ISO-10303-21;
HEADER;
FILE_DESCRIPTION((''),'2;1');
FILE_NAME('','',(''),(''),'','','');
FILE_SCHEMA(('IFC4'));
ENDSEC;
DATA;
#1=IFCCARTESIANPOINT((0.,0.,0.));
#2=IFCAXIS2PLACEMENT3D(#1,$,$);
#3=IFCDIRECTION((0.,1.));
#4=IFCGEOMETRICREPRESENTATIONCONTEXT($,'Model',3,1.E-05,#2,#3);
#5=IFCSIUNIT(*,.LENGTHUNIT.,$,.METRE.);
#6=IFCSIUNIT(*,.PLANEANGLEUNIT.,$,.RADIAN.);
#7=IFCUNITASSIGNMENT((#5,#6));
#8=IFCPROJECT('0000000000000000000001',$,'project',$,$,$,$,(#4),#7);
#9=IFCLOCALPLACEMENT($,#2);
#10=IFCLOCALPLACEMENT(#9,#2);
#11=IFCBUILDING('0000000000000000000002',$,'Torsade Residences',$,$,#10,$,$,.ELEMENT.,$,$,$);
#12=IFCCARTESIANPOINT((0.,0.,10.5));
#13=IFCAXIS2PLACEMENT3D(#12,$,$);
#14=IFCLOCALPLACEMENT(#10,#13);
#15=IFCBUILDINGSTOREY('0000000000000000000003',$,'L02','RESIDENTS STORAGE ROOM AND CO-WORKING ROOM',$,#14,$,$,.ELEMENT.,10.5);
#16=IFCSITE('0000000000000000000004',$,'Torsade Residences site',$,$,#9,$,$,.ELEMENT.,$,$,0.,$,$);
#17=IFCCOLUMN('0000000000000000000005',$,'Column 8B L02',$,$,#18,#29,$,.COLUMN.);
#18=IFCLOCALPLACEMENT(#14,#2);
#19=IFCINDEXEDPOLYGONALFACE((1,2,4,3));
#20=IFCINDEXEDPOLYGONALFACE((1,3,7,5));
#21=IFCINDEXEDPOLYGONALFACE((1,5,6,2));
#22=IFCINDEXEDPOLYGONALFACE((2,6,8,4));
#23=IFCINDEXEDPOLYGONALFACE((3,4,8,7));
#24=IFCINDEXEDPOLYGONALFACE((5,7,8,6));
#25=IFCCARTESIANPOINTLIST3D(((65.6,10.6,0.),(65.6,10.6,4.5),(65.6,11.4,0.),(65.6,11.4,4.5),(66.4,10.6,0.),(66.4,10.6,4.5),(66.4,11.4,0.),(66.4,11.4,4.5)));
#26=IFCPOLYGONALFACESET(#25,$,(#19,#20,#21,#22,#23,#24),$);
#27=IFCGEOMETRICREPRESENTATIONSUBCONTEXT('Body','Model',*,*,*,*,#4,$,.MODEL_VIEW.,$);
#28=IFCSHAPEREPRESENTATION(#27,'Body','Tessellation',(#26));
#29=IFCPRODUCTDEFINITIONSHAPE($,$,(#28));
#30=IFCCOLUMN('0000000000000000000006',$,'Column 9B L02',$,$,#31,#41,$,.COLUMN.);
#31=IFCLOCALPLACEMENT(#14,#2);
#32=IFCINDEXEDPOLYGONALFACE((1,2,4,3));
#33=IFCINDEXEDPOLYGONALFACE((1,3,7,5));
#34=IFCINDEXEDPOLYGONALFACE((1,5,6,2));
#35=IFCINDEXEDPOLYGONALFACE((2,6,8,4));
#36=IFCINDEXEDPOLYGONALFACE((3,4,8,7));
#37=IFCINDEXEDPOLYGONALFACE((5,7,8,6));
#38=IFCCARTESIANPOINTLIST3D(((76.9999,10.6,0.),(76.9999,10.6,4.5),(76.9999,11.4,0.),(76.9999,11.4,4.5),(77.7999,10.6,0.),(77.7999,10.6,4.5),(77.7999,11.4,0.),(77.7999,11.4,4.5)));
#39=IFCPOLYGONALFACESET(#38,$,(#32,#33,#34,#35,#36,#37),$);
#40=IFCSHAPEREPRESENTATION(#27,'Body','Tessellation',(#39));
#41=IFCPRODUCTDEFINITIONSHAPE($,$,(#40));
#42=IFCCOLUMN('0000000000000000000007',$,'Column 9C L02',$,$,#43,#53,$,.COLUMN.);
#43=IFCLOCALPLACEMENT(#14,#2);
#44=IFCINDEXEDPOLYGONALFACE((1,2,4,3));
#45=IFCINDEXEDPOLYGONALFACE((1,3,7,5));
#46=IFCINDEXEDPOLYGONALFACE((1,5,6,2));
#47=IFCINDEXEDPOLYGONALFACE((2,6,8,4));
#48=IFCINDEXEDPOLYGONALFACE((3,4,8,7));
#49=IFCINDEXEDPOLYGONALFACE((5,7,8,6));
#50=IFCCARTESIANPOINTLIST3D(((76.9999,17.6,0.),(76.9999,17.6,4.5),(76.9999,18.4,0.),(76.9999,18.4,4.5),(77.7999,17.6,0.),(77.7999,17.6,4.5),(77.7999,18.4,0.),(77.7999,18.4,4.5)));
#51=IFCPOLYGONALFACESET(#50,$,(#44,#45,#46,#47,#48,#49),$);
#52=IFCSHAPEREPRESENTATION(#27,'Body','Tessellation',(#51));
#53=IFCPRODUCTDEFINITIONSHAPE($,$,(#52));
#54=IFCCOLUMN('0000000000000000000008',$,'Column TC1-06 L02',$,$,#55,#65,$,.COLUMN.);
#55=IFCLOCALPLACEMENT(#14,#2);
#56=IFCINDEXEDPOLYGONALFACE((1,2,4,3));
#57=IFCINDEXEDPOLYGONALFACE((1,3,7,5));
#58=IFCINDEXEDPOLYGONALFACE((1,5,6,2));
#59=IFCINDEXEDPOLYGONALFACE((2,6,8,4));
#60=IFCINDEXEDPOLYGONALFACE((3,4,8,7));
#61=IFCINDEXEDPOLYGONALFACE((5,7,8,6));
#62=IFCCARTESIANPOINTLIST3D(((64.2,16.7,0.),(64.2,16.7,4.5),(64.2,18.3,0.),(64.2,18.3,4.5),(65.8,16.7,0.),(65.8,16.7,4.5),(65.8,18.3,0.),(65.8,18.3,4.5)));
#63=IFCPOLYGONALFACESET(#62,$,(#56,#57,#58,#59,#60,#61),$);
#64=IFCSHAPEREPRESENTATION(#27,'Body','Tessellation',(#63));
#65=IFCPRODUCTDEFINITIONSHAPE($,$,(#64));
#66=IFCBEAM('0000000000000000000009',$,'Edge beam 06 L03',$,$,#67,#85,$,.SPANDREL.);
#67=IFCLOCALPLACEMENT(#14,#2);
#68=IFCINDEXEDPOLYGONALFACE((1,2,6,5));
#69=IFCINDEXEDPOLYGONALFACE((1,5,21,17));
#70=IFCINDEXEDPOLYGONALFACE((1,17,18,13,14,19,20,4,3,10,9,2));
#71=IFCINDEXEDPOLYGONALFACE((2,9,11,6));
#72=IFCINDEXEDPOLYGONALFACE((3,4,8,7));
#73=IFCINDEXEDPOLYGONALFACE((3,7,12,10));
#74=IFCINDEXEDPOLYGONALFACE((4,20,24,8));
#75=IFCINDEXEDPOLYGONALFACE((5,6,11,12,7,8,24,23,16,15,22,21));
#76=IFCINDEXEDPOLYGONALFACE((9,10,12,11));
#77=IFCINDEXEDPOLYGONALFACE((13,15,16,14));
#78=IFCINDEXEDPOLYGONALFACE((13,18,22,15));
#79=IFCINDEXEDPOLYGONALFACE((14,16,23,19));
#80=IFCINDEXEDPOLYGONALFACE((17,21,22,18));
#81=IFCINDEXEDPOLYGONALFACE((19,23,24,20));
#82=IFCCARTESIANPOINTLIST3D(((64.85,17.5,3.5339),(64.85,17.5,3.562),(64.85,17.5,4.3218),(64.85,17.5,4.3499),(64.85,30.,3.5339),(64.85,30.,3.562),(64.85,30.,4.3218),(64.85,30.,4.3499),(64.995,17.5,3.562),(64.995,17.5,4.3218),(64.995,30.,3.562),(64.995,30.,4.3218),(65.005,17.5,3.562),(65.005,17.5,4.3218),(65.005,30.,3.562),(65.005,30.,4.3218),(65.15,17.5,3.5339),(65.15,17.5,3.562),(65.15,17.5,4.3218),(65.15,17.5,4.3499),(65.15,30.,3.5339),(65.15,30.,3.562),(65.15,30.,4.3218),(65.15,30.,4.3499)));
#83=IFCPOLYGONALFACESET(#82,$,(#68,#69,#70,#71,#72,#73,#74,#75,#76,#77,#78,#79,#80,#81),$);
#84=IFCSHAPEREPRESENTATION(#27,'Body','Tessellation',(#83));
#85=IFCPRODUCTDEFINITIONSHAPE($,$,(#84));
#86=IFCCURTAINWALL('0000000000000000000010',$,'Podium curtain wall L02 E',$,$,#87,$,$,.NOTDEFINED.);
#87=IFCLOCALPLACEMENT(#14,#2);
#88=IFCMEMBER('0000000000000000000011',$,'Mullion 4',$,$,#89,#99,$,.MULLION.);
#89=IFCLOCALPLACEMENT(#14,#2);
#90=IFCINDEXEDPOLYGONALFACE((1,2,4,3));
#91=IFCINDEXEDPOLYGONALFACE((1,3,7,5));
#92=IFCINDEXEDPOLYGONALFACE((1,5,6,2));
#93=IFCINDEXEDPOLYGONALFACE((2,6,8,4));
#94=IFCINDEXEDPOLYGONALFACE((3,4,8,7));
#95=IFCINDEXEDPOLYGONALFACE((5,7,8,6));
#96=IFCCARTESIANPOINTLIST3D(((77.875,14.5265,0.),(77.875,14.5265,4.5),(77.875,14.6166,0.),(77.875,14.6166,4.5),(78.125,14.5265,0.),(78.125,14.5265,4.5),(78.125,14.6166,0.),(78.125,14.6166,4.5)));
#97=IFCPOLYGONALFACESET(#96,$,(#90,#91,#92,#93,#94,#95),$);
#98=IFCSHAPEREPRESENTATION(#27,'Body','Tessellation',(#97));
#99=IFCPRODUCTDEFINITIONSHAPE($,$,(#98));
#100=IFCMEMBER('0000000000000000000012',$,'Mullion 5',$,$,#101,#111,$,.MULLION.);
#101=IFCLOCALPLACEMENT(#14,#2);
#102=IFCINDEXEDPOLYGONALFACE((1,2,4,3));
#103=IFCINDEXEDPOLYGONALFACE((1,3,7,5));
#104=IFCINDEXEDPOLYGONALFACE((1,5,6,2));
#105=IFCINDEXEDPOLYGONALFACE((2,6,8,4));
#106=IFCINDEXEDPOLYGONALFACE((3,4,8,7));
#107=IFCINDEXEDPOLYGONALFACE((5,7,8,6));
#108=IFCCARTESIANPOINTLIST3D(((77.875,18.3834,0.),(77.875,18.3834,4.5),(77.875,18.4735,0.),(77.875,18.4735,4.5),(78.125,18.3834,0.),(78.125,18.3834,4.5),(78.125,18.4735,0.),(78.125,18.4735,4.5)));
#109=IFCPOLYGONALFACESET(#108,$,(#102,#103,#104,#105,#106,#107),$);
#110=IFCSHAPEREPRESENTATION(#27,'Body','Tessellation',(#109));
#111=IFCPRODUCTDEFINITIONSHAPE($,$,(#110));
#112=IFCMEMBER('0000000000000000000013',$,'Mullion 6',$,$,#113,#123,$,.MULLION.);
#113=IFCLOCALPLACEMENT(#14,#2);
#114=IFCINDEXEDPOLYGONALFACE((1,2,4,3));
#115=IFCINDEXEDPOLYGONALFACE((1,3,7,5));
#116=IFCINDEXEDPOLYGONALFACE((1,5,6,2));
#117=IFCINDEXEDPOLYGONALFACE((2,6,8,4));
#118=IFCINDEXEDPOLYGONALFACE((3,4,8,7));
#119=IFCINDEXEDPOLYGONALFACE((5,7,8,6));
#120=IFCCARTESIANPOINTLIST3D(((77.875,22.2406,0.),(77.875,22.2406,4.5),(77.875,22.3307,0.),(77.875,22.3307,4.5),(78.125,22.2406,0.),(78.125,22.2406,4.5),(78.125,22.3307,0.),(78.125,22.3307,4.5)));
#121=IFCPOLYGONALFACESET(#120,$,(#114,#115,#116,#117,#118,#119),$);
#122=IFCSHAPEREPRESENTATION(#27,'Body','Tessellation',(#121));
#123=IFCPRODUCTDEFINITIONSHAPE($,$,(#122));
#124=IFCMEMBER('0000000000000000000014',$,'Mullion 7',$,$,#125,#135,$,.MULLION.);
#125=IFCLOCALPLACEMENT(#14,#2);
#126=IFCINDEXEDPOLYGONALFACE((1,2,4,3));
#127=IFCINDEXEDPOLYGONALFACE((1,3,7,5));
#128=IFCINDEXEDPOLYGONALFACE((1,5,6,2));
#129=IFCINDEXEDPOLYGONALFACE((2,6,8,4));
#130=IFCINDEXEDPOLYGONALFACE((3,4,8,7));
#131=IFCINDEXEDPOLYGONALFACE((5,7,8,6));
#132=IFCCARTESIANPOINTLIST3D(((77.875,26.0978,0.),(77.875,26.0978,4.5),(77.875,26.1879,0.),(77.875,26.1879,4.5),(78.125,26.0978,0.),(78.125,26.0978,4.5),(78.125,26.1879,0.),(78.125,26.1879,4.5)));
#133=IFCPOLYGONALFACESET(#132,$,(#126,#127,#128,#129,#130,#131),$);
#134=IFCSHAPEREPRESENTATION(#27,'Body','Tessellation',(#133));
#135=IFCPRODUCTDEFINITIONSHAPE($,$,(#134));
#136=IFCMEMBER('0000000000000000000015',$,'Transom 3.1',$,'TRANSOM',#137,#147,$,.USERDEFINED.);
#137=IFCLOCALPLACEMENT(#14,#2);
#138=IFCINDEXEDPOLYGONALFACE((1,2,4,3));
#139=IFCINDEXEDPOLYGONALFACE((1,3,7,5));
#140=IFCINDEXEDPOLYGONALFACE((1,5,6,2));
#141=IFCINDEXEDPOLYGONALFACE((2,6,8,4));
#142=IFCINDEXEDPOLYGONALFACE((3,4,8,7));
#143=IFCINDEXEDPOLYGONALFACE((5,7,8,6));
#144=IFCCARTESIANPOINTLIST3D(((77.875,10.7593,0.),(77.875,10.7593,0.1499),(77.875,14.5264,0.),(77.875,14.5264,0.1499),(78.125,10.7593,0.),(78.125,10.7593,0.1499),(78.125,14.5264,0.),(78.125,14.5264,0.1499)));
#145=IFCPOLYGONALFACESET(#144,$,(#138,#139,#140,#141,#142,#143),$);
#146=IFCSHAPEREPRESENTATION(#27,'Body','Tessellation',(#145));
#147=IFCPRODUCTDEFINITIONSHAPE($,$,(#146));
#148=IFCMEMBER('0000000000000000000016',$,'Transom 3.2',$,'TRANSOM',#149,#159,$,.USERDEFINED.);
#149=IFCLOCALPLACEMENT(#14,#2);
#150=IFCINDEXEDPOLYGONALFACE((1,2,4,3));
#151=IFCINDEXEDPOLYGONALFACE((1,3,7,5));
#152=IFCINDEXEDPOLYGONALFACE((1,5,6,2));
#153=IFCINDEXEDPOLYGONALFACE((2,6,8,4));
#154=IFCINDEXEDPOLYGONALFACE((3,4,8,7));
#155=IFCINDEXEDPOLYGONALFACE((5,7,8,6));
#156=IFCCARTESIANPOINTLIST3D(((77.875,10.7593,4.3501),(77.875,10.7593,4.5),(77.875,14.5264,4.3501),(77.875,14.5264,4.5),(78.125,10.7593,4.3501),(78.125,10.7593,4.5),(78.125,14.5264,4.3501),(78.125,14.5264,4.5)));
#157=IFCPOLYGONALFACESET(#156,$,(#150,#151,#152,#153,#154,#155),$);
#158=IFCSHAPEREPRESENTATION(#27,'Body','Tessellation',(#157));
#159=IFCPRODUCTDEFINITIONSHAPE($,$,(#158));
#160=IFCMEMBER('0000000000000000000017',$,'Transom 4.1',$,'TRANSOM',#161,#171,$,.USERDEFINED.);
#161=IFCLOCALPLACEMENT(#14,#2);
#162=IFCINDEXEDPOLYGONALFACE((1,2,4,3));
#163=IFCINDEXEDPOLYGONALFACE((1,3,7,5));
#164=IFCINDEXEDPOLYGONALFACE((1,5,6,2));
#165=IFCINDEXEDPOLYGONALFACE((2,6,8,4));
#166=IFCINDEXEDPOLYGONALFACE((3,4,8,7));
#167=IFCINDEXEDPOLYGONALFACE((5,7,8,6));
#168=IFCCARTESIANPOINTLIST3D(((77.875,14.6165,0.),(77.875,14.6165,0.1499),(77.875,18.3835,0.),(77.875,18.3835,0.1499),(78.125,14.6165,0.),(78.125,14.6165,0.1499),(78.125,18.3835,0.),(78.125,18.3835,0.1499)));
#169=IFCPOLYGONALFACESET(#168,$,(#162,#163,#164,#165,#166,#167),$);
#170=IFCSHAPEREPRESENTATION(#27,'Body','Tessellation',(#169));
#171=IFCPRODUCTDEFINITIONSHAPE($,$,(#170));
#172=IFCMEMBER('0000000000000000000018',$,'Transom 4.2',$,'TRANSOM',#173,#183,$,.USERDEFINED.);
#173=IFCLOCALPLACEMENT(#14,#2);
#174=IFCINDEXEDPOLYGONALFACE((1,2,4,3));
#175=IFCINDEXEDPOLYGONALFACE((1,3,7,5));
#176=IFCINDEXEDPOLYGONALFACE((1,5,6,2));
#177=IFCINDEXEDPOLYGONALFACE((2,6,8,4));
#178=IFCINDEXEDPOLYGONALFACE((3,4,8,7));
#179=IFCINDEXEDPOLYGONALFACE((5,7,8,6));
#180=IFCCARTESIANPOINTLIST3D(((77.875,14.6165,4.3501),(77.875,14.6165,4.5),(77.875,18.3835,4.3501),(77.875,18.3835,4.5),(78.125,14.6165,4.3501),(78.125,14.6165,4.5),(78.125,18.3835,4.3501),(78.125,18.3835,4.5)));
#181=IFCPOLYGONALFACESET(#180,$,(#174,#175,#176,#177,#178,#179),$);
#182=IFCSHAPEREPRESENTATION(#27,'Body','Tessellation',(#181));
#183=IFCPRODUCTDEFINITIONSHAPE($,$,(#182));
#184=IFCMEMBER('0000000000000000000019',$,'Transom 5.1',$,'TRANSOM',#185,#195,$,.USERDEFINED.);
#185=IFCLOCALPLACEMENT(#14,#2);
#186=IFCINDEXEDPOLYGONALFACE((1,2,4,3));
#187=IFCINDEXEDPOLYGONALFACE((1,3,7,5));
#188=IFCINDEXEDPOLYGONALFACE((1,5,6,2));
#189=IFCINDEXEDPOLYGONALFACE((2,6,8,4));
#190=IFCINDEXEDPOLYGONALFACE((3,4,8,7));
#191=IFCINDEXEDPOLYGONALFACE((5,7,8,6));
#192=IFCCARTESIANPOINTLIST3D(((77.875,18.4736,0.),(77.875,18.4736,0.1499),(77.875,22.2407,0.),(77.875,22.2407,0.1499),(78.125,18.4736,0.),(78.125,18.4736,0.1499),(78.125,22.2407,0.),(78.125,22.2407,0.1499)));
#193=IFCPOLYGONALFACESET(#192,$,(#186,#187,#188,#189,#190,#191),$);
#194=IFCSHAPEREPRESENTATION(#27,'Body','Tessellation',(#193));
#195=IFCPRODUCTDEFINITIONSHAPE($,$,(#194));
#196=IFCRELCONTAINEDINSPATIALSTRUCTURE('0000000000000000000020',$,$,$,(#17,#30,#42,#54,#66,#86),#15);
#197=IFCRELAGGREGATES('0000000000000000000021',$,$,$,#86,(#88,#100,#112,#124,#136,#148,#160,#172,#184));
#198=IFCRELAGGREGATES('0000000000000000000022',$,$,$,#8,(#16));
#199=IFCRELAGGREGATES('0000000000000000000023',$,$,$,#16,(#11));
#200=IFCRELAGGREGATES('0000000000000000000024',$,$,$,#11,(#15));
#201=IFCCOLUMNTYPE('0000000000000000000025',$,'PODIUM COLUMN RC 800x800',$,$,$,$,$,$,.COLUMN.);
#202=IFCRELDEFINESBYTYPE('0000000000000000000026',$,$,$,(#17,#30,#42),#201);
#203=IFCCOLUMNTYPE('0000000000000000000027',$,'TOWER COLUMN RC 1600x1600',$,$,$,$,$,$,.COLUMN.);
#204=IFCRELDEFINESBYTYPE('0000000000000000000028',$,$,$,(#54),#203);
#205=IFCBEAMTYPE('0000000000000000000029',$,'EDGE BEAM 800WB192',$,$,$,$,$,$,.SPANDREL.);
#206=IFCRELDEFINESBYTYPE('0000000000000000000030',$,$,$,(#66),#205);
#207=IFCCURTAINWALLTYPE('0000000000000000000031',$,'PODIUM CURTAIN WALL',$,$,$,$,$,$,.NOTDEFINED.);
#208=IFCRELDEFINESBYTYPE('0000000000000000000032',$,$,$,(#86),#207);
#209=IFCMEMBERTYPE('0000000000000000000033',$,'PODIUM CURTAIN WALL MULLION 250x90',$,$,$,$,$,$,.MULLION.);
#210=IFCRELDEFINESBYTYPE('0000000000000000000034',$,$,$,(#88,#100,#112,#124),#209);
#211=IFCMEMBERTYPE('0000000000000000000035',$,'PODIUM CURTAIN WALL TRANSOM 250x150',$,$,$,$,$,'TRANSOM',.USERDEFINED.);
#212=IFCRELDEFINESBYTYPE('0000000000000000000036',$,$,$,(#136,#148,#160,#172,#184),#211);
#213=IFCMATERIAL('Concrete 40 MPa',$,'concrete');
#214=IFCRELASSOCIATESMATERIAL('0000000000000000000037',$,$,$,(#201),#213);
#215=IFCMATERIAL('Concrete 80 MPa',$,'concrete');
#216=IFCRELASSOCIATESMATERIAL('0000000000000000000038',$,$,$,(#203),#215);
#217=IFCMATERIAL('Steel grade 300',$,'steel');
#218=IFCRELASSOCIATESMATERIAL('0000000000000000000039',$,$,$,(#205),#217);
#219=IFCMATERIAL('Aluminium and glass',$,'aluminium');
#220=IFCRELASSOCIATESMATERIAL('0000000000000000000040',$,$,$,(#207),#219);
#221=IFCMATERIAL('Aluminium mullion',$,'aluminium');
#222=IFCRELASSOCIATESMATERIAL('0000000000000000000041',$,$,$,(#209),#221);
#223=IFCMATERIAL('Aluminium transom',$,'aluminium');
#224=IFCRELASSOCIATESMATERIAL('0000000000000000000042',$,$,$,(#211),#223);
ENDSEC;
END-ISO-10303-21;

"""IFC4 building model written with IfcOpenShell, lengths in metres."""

from ifc_helpers import new_model, si_unit, direction, frame, origin, origin_2d, place, context, subcontext, project, spatial, rectangle, i_section, extrude, material, material_profile, profile_set, type_object, element, aggregate, save


model = new_model("IFC4")

# Units and contexts
model_context = context("Model", 3, precision=1e-05, world=origin(), true_north=direction((0.0, 1.0)))
body_context = subcontext(model_context, "Body", "Model", "MODEL_VIEW")
ifc_project = project(units=[si_unit("LENGTHUNIT", "METRE"), si_unit("PLANEANGLEUNIT", "RADIAN")], contexts=[model_context])

# Site, building, storey
site_placement = place(None, origin())
site = spatial("IfcSite", under=ifc_project, at=site_placement, Name="Torsade Residences site", CompositionType="ELEMENT", RefElevation=0.0)
building_placement = place(site_placement, origin())
building = spatial("IfcBuilding", under=site, at=building_placement, Name="Torsade Residences", CompositionType="ELEMENT")
storey_placement = place(building_placement, frame((0.0, 0.0, 10.5)))
storey = spatial("IfcBuildingStorey", under=building, at=storey_placement, Name="L02", Description="RESIDENTS STORAGE ROOM AND CO-WORKING ROOM", CompositionType="ELEMENT", Elevation=10.5)

# Columns
ifc_material_1 = material(Name="Concrete 40 MPa", Category="concrete")
ifc_material_profile_1 = material_profile(ifc_material_1, rectangle(XDim=0.8, YDim=0.8, at=origin_2d()), Name="RC 800x800")
ifc_profile_set_1 = profile_set([ifc_material_profile_1], Name="Concrete 40 MPa")
column_type_1 = type_object("IfcColumnType", Name="PODIUM COLUMN RC 800x800", PredefinedType="COLUMN", material=ifc_profile_set_1)
for number, where, z_axis, x_axis, name in (
    (1, (66.0, 11.0, 0.0), (0.0, 0.0, 1.0), (1.0, 0.0, 0.0), "Column 8B L02"),
    (2, (77.3999, 11.0, 0.0), (0.0, 0.0, 1.0), (1.0, 0.0, 0.0), "Column 9B L02"),
    (3, (77.3999, 18.0, 0.0), (0.0, 0.0, 1.0), (1.0, 0.0, 0.0), "Column 9C L02"),
):
    element("IfcColumn", number, at=place(storey_placement, frame(where, z_axis=z_axis, x_axis=x_axis)), inside=storey, type_object=column_type_1, Name=name, PredefinedType="COLUMN", context=body_context, shape_type="SweptSolid", body=[
        extrude(rectangle(XDim=0.8, YDim=0.8, at=origin_2d()), origin(), (0.0, 0.0, 1.0), 4.5),
    ])
ifc_material_2 = material(Name="Concrete 80 MPa", Category="concrete")
ifc_material_profile_2 = material_profile(ifc_material_2, rectangle(XDim=1.6001, YDim=1.6001, at=origin_2d()), Name="RC 1600x1600")
ifc_profile_set_2 = profile_set([ifc_material_profile_2], Name="Concrete 80 MPa")
column_type_2 = type_object("IfcColumnType", Name="TOWER COLUMN RC 1600x1600", PredefinedType="COLUMN", material=ifc_profile_set_2)
column_placement = place(storey_placement, frame((65.0, 17.5, 0.0), z_axis=(0.0, 0.0, 1.0), x_axis=(1.0, 0.0, 0.0)))
element("IfcColumn", 4, at=column_placement, inside=storey, type_object=column_type_2, Name="Column TC1-06 L02", PredefinedType="COLUMN", context=body_context, shape_type="SweptSolid", body=[
    extrude(rectangle(XDim=1.6001, YDim=1.6001, at=origin_2d()), origin(), (0.0, 0.0, 1.0), 4.5),
])

# Beam
ifc_material_3 = material(Name="Steel grade 300", Category="steel")
ifc_material_profile_3 = material_profile(ifc_material_3, i_section(OverallWidth=0.3, OverallDepth=0.8159, WebThickness=0.01, FlangeThickness=0.0281, at=origin_2d()), Name="800WB192")
ifc_profile_set_3 = profile_set([ifc_material_profile_3], Name="Steel grade 300")
beam_type_1 = type_object("IfcBeamType", Name="EDGE BEAM 800WB192", PredefinedType="SPANDREL", material=ifc_profile_set_3)
beam_1_placement = place(storey_placement, frame((65.0, 17.5, 3.9419), z_axis=(0.0, 1.0, 0.0), x_axis=(-1.0, 0.0, 0.0)))
element("IfcBeam", 5, at=beam_1_placement, inside=storey, type_object=beam_type_1, Name="Edge beam 06 L03", PredefinedType="SPANDREL", context=body_context, shape_type="SweptSolid", body=[
    extrude(i_section(OverallWidth=0.3, OverallDepth=0.8159, WebThickness=0.01, FlangeThickness=0.0281, at=origin_2d()), origin(), (0.0, 0.0, 1.0), 12.5),
])

# Curtain wall, members
ifc_material_4 = material(Name="Aluminium and glass", Category="aluminium")
curtain_wall_type = type_object("IfcCurtainWallType", Name="PODIUM CURTAIN WALL", PredefinedType="NOTDEFINED", material=ifc_material_4)
curtain_wall_placement = place(storey_placement, origin())
curtain_wall = element("IfcCurtainWall", 6, at=curtain_wall_placement, inside=storey, type_object=curtain_wall_type, Name="Podium curtain wall L02 E", PredefinedType="NOTDEFINED")
ifc_material_5 = material(Name="Aluminium mullion", Category="aluminium")
ifc_material_profile_4 = material_profile(ifc_material_5, rectangle(XDim=0.25, YDim=0.0901, at=origin_2d()), Name="PODIUM CURTAIN WALL MULLION 250x90")
ifc_profile_set_4 = profile_set([ifc_material_profile_4], Name="Aluminium mullion")
member_type_1 = type_object("IfcMemberType", Name="PODIUM CURTAIN WALL MULLION 250x90", PredefinedType="MULLION", material=ifc_profile_set_4)
member_1_placement = place(storey_placement, frame((78.0, 14.5715, 0.0), z_axis=(0.0, 0.0, 1.0), x_axis=(-1.0, 0.0, 0.0)))
member_1 = element("IfcMember", 7, at=member_1_placement, type_object=member_type_1, Name="Mullion 4", PredefinedType="MULLION", context=body_context, shape_type="SweptSolid", body=[
    extrude(rectangle(XDim=0.25, YDim=0.0901, at=origin_2d()), origin(), (0.0, 0.0, 1.0), 4.5),
])
member_2_placement = place(storey_placement, frame((78.0, 18.4285, 0.0), z_axis=(0.0, 0.0, 1.0), x_axis=(-1.0, 0.0, 0.0)))
member_2 = element("IfcMember", 8, at=member_2_placement, type_object=member_type_1, Name="Mullion 5", PredefinedType="MULLION", context=body_context, shape_type="SweptSolid", body=[
    extrude(rectangle(XDim=0.25, YDim=0.0901, at=origin_2d()), origin(), (0.0, 0.0, 1.0), 4.5),
])
member_3_placement = place(storey_placement, frame((78.0, 22.2856, 0.0), z_axis=(0.0, 0.0, 1.0), x_axis=(-1.0, 0.0, 0.0)))
member_3 = element("IfcMember", 9, at=member_3_placement, type_object=member_type_1, Name="Mullion 6", PredefinedType="MULLION", context=body_context, shape_type="SweptSolid", body=[
    extrude(rectangle(XDim=0.25, YDim=0.0901, at=origin_2d()), origin(), (0.0, 0.0, 1.0), 4.5),
])
member_4_placement = place(storey_placement, frame((78.0, 26.1428, 0.0), z_axis=(0.0, 0.0, 1.0), x_axis=(-1.0, 0.0, 0.0)))
member_4 = element("IfcMember", 10, at=member_4_placement, type_object=member_type_1, Name="Mullion 7", PredefinedType="MULLION", context=body_context, shape_type="SweptSolid", body=[
    extrude(rectangle(XDim=0.25, YDim=0.0901, at=origin_2d()), origin(), (0.0, 0.0, 1.0), 4.5),
])
ifc_material_6 = material(Name="Aluminium transom", Category="aluminium")
ifc_material_profile_5 = material_profile(ifc_material_6, rectangle(XDim=0.25, YDim=0.1499, at=origin_2d()), Name="PODIUM CURTAIN WALL TRANSOM 250x150")
ifc_profile_set_5 = profile_set([ifc_material_profile_5], Name="Aluminium transom")
member_type_2 = type_object("IfcMemberType", Name="PODIUM CURTAIN WALL TRANSOM 250x150", ElementType="TRANSOM", PredefinedType="USERDEFINED", material=ifc_profile_set_5)
member_5_placement = place(storey_placement, frame((78.0, 10.7593, 0.075), z_axis=(0.0, 1.0, 0.0), x_axis=(-1.0, 0.0, 0.0)))
member_5 = element("IfcMember", 11, at=member_5_placement, type_object=member_type_2, Name="Transom 3.1", ObjectType="TRANSOM", PredefinedType="USERDEFINED", context=body_context, shape_type="SweptSolid", body=[
    extrude(rectangle(XDim=0.25, YDim=0.1499, at=origin_2d()), origin(), (0.0, 0.0, 1.0), 3.7671),
])
member_6_placement = place(storey_placement, frame((78.0, 10.7593, 4.425), z_axis=(0.0, 1.0, 0.0), x_axis=(-1.0, 0.0, 0.0)))
member_6 = element("IfcMember", 12, at=member_6_placement, type_object=member_type_2, Name="Transom 3.2", ObjectType="TRANSOM", PredefinedType="USERDEFINED", context=body_context, shape_type="SweptSolid", body=[
    extrude(rectangle(XDim=0.25, YDim=0.1499, at=origin_2d()), origin(), (0.0, 0.0, 1.0), 3.7671),
])
member_7_placement = place(storey_placement, frame((78.0, 14.6165, 0.075), z_axis=(0.0, 1.0, 0.0), x_axis=(-1.0, 0.0, 0.0)))
member_7 = element("IfcMember", 13, at=member_7_placement, type_object=member_type_2, Name="Transom 4.1", ObjectType="TRANSOM", PredefinedType="USERDEFINED", context=body_context, shape_type="SweptSolid", body=[
    extrude(rectangle(XDim=0.25, YDim=0.1499, at=origin_2d()), origin(), (0.0, 0.0, 1.0), 3.7671),
])
member_8_placement = place(storey_placement, frame((78.0, 14.6165, 4.425), z_axis=(0.0, 1.0, 0.0), x_axis=(-1.0, 0.0, 0.0)))
member_8 = element("IfcMember", 14, at=member_8_placement, type_object=member_type_2, Name="Transom 4.2", ObjectType="TRANSOM", PredefinedType="USERDEFINED", context=body_context, shape_type="SweptSolid", body=[
    extrude(rectangle(XDim=0.25, YDim=0.1499, at=origin_2d()), origin(), (0.0, 0.0, 1.0), 3.7671),
])
member_9_placement = place(storey_placement, frame((78.0, 18.4736, 0.075), z_axis=(0.0, 1.0, 0.0), x_axis=(-1.0, 0.0, 0.0)))
member_9 = element("IfcMember", 15, at=member_9_placement, type_object=member_type_2, Name="Transom 5.1", ObjectType="TRANSOM", PredefinedType="USERDEFINED", context=body_context, shape_type="SweptSolid", body=[
    extrude(rectangle(XDim=0.25, YDim=0.1499, at=origin_2d()), origin(), (0.0, 0.0, 1.0), 3.7671),
])

aggregate(curtain_wall, [member_1, member_2, member_3, member_4, member_5, member_6, member_7, member_8, member_9])

save(model, "model.ifc")
